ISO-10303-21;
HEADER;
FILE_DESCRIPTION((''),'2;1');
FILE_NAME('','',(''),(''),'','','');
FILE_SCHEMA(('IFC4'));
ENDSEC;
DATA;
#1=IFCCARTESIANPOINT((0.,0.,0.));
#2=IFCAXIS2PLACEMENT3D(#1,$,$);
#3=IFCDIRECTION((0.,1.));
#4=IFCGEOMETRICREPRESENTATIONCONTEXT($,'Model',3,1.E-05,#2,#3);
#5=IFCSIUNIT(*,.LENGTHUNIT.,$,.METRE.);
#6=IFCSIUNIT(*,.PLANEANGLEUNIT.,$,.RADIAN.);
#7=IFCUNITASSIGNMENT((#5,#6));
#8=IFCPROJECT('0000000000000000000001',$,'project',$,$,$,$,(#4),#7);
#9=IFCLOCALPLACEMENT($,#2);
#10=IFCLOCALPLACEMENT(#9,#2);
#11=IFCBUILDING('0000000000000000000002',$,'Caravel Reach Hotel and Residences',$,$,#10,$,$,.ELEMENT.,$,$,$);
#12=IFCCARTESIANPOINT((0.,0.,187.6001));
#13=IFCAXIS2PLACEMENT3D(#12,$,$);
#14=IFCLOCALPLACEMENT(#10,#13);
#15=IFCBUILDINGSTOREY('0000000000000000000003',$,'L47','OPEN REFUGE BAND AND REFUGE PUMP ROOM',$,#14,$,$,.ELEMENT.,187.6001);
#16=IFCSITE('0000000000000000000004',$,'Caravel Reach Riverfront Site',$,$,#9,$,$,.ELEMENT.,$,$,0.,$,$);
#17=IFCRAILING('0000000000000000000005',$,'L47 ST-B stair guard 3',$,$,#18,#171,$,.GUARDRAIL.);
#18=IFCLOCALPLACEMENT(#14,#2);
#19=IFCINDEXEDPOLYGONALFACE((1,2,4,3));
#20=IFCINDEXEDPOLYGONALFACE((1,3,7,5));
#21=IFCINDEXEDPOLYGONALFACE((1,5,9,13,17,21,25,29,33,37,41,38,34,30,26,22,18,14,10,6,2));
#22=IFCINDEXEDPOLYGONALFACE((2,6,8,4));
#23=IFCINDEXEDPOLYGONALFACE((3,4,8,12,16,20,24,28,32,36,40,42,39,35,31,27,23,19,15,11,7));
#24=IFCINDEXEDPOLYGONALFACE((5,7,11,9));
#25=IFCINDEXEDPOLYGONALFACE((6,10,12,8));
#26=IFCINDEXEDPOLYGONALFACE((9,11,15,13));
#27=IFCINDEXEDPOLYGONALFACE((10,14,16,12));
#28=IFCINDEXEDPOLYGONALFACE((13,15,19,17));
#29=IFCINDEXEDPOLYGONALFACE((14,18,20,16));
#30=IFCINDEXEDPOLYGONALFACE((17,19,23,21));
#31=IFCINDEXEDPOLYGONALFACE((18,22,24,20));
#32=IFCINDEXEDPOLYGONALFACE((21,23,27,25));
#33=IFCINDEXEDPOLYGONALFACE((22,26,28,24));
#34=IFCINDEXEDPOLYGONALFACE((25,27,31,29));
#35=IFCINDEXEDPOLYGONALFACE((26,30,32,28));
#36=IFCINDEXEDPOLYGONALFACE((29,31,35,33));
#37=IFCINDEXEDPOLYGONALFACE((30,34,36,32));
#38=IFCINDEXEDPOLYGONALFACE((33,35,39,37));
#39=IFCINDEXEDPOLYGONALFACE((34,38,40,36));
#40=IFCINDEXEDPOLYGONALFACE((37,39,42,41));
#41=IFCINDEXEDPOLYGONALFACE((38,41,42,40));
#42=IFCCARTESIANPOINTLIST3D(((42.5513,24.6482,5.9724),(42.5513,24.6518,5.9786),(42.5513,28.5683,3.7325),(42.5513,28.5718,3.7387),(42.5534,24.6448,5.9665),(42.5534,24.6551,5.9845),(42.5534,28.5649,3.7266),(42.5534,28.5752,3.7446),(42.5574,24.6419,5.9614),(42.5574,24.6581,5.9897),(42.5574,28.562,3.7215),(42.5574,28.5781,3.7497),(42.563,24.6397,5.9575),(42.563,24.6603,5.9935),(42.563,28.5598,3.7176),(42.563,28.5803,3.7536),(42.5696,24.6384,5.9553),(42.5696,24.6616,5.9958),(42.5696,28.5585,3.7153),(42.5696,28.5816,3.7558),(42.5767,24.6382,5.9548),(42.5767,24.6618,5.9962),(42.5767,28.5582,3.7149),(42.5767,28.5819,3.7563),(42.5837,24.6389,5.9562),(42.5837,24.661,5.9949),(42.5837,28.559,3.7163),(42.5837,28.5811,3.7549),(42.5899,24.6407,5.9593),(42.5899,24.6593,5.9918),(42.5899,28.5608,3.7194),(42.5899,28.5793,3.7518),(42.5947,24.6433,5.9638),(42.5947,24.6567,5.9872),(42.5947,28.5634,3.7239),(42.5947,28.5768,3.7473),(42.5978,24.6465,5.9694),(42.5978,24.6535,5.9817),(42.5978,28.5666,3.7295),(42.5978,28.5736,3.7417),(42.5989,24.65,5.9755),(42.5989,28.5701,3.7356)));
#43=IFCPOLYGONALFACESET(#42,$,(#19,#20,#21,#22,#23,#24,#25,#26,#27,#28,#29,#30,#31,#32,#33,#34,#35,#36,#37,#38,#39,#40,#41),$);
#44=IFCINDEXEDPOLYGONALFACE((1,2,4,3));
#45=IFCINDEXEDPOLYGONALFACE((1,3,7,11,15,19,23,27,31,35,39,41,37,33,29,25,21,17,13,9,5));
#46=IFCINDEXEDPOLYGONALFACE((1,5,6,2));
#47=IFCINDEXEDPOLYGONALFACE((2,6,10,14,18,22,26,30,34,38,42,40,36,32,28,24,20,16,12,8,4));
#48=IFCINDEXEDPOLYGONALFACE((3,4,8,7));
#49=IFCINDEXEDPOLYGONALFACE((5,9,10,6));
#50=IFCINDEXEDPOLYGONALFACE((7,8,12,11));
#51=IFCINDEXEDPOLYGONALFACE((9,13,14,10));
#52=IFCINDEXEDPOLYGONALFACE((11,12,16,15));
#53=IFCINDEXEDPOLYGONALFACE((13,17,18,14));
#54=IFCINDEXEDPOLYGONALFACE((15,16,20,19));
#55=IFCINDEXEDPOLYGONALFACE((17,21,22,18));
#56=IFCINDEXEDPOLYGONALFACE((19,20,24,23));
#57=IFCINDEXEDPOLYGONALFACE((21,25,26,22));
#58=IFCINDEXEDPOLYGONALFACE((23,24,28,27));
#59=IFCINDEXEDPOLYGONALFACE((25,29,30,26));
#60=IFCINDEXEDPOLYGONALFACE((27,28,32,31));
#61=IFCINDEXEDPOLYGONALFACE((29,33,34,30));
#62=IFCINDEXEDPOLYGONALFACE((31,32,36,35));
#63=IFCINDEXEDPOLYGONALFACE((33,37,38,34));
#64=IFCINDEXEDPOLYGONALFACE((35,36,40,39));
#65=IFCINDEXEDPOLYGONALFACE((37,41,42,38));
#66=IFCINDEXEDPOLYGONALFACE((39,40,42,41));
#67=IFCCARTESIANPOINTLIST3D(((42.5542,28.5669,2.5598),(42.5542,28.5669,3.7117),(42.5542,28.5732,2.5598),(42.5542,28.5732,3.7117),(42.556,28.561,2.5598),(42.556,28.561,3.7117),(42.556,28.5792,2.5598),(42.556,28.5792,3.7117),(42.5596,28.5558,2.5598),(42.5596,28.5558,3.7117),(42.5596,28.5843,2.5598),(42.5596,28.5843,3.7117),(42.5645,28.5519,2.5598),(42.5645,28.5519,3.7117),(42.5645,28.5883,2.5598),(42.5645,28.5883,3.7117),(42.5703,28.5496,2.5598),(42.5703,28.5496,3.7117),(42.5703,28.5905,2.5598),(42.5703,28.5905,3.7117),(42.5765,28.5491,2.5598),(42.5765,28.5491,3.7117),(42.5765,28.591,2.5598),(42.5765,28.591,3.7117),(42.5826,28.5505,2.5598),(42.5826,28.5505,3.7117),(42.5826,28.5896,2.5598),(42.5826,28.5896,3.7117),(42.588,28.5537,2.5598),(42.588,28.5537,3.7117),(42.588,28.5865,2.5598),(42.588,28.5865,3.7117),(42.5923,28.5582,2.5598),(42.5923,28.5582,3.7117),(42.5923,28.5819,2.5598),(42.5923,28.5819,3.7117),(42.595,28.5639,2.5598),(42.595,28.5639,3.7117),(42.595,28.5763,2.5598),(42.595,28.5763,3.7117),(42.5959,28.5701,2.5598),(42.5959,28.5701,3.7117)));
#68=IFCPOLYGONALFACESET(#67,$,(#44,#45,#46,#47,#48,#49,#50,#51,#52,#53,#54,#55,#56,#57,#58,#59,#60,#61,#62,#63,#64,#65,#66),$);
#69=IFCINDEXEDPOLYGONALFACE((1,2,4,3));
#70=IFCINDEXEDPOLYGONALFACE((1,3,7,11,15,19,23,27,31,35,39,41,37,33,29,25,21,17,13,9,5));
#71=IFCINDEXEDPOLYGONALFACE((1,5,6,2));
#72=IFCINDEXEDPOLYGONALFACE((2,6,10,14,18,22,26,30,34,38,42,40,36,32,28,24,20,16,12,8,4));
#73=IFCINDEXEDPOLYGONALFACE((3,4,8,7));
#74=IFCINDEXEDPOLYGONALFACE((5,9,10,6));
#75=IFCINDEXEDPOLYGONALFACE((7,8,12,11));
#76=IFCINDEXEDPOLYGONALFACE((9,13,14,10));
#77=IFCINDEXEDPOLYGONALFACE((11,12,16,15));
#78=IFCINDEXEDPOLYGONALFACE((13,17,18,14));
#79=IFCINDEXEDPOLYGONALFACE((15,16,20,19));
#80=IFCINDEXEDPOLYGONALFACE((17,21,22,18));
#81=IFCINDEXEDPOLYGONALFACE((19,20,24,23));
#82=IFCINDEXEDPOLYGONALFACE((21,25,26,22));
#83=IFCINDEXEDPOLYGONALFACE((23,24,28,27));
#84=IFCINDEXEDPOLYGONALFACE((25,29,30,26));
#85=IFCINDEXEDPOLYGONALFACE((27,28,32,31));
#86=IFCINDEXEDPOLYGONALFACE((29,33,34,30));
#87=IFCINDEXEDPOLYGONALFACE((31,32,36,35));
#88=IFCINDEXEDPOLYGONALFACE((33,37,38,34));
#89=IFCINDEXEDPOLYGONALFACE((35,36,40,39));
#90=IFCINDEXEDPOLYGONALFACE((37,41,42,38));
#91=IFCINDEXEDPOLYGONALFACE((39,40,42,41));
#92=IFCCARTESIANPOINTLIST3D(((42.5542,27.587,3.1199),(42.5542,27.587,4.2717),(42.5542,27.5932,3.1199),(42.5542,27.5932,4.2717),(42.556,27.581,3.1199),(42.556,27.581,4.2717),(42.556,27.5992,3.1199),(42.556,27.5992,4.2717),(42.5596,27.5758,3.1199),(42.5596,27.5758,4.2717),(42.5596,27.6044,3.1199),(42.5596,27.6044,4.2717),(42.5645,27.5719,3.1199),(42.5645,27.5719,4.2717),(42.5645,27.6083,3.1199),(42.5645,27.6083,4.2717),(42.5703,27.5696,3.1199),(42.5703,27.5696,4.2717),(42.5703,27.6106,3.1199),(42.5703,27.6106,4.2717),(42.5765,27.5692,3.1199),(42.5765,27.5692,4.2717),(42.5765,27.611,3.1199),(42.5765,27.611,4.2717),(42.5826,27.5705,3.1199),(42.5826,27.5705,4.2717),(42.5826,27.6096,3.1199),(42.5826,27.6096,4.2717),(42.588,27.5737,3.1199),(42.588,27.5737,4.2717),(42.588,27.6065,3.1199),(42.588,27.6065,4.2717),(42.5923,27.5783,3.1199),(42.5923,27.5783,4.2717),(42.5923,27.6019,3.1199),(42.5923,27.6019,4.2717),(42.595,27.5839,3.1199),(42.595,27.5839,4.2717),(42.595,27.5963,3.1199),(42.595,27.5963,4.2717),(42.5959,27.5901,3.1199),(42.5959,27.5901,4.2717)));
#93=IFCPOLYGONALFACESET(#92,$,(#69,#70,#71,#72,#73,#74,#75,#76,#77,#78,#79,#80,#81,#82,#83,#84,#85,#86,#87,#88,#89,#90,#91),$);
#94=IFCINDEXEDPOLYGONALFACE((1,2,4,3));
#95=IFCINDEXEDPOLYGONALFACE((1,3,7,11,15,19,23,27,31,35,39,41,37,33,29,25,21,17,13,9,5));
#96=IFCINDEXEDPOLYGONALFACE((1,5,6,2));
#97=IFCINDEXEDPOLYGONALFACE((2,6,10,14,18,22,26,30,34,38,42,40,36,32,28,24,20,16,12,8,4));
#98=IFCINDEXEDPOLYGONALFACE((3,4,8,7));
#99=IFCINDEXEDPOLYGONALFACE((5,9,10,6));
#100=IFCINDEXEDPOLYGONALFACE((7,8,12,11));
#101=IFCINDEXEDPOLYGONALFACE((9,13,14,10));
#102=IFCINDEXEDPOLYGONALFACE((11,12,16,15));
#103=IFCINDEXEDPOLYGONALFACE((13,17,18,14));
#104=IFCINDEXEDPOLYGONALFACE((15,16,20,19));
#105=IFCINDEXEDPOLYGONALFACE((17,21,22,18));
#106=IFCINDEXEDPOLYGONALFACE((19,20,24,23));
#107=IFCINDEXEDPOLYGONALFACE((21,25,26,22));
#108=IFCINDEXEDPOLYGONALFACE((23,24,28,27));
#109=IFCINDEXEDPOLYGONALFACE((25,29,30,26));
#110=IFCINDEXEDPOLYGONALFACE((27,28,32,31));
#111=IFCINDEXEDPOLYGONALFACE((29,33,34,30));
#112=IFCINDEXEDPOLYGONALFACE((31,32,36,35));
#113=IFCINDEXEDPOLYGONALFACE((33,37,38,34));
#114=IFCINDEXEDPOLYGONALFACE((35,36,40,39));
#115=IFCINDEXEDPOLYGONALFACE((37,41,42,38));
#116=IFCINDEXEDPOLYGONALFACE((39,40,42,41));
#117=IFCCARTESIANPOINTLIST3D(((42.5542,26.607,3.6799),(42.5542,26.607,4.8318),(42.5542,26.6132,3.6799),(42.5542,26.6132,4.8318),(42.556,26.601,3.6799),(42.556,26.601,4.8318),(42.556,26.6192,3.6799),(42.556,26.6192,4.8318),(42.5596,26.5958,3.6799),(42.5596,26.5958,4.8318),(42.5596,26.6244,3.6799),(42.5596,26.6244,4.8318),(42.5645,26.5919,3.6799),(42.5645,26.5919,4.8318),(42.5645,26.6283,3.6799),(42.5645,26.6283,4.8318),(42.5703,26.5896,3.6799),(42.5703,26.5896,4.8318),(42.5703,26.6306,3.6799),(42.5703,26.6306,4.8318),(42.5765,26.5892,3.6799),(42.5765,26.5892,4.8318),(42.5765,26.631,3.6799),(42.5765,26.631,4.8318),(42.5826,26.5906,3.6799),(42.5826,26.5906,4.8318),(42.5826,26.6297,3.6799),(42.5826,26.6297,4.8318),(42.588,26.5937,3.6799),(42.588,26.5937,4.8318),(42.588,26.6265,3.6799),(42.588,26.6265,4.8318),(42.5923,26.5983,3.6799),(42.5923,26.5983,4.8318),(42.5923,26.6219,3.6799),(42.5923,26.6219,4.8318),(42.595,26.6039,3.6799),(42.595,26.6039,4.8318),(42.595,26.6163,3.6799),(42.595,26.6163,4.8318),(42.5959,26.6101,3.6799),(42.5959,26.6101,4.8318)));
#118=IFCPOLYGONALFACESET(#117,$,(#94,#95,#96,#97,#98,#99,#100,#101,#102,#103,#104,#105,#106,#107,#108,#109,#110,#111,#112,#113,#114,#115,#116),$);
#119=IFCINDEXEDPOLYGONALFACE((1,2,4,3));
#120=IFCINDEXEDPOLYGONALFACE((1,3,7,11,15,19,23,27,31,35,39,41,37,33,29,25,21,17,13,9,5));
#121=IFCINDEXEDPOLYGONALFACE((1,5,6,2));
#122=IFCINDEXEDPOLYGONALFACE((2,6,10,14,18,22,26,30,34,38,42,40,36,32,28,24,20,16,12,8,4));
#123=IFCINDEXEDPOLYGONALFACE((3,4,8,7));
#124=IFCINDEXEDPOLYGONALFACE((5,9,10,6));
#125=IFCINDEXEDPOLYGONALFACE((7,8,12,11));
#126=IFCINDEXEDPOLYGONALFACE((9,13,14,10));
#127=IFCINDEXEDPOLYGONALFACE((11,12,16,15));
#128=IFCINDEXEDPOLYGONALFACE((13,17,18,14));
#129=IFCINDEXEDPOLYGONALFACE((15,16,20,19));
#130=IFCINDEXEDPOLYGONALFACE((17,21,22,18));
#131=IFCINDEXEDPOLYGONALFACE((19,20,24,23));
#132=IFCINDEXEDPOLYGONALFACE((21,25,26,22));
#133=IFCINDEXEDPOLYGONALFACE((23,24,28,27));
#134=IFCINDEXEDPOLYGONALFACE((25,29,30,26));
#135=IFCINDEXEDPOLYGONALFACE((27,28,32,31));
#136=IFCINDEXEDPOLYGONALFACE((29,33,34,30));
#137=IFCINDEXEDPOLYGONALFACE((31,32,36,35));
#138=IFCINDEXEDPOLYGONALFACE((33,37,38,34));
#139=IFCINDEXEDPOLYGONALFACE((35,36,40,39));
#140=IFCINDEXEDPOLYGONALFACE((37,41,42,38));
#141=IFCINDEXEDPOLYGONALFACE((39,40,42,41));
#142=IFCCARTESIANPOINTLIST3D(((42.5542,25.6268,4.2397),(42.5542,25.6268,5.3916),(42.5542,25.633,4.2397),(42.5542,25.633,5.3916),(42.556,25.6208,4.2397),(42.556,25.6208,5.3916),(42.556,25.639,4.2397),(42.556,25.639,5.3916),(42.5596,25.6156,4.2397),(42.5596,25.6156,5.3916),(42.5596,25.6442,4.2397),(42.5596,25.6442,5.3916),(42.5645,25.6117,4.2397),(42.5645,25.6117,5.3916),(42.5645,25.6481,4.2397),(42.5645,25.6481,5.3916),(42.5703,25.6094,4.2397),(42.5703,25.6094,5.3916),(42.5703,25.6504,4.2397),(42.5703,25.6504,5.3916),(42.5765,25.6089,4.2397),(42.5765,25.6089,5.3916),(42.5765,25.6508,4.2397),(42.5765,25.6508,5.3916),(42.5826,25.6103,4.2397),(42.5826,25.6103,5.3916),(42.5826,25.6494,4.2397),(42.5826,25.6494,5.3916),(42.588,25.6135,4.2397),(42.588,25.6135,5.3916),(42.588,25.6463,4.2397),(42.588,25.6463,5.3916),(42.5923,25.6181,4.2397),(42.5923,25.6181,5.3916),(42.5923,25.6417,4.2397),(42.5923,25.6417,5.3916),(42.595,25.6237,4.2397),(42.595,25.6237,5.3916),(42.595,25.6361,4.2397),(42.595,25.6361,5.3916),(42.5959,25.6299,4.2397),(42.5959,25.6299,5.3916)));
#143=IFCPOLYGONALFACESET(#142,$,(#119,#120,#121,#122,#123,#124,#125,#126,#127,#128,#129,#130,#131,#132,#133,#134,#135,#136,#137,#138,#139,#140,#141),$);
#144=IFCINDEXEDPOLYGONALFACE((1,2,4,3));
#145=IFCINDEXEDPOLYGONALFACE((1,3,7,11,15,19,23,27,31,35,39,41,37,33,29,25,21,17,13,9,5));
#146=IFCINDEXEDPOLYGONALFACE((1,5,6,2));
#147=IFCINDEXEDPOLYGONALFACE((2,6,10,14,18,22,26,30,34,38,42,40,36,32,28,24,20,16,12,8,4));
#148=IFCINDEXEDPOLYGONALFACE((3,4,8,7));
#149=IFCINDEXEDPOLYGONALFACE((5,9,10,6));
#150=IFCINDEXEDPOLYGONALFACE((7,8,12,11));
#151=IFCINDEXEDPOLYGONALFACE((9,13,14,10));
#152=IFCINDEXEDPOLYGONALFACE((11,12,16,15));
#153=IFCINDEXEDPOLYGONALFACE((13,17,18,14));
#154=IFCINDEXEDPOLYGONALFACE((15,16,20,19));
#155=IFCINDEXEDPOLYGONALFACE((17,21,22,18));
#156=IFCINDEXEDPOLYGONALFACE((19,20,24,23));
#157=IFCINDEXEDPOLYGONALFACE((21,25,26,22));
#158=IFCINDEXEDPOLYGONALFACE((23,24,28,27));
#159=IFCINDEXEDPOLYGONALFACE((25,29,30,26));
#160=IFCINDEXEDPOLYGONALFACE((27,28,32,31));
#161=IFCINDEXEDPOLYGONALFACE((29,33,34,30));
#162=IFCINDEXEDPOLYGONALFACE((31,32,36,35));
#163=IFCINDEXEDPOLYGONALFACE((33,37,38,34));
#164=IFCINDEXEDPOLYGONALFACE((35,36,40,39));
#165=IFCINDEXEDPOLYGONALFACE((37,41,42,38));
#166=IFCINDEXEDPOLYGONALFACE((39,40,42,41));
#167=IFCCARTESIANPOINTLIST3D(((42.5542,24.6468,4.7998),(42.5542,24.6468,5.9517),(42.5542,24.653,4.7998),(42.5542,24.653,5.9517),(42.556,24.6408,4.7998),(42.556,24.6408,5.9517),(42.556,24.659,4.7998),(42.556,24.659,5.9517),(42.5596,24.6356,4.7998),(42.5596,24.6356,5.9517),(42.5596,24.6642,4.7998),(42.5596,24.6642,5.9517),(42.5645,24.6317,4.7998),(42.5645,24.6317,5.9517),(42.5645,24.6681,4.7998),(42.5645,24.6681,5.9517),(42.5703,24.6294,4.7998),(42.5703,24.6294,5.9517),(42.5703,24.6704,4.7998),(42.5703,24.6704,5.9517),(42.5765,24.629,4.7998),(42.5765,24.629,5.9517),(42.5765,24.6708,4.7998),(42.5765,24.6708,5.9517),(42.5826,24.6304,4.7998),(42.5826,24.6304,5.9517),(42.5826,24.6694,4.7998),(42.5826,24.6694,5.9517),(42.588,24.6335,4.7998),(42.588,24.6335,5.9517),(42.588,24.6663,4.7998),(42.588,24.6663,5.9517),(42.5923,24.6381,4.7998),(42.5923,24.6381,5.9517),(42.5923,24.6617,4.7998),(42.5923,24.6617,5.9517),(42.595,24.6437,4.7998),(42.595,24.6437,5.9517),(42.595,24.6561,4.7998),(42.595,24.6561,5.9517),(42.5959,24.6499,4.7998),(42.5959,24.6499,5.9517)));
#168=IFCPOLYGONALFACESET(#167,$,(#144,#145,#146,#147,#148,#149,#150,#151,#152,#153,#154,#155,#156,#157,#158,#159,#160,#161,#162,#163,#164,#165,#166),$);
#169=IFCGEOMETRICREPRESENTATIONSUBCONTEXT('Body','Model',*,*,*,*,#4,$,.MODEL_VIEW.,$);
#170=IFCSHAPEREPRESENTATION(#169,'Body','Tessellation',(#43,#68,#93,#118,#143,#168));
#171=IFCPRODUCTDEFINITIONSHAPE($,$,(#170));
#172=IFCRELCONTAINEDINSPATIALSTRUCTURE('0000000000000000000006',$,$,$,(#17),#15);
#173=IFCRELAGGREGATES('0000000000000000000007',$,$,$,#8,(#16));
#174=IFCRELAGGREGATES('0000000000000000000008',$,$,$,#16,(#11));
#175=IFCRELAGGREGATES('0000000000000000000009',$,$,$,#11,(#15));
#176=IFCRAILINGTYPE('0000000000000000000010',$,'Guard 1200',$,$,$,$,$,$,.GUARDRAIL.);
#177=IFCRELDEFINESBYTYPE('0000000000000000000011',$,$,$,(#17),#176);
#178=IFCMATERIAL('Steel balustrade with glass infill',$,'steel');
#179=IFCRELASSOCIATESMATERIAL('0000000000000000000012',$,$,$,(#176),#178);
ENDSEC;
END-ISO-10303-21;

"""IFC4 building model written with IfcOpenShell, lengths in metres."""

from ifc_helpers import new_model, si_unit, direction, frame, origin, origin_2d, place, context, subcontext, project, spatial, circle, extrude, material, type_object, element, save


model = new_model("IFC4")

# Units and contexts
model_context = context("Model", 3, precision=1e-05, world=origin(), true_north=direction((0.0, 1.0)))
body_context = subcontext(model_context, "Body", "Model", "MODEL_VIEW")
ifc_project = project(units=[si_unit("LENGTHUNIT", "METRE"), si_unit("PLANEANGLEUNIT", "RADIAN")], contexts=[model_context])

# Site, building, storey
site_placement = place(None, origin())
site = spatial("IfcSite", under=ifc_project, at=site_placement, Name="Caravel Reach Riverfront Site", CompositionType="ELEMENT", RefElevation=0.0)
building_placement = place(site_placement, origin())
building = spatial("IfcBuilding", under=site, at=building_placement, Name="Caravel Reach Hotel and Residences", CompositionType="ELEMENT")
storey_placement = place(building_placement, frame((0.0, 0.0, 187.6001)))
storey = spatial("IfcBuildingStorey", under=building, at=storey_placement, Name="L47", Description="OPEN REFUGE BAND AND REFUGE PUMP ROOM", CompositionType="ELEMENT", Elevation=187.6001)

# Railing
ifc_material_1 = material(Name="Steel balustrade with glass infill", Category="steel")
railing_type_1 = type_object("IfcRailingType", Name="Guard 1200", PredefinedType="GUARDRAIL", material=ifc_material_1)
railing_1_placement = place(storey_placement, frame((42.575, 28.5701, 2.5598)))
element("IfcRailing", 1, at=railing_1_placement, inside=storey, type_object=railing_type_1, Name="L47 ST-B stair guard 3", PredefinedType="GUARDRAIL", context=body_context, shape_type="SweptSolid", body=[
    extrude(circle(Radius=0.0239, at=origin_2d()), frame((0.0, 0.0, 1.1758), z_axis=(0.0, -0.868253, 0.496121), x_axis=(1.0, 0.0, 0.0)), (0.0, 0.0, 1.0), 4.5149),
    extrude(circle(Radius=0.021, at=origin_2d()), origin(), (0.0, 0.0, 1.0), 1.1519),
    extrude(circle(Radius=0.021, at=origin_2d()), frame((0.0, -0.98, 0.5601)), (0.0, 0.0, 1.0), 1.1519),
    extrude(circle(Radius=0.021, at=origin_2d()), frame((0.0, -1.96, 1.1201)), (0.0, 0.0, 1.0), 1.1519),
    extrude(circle(Radius=0.021, at=origin_2d()), frame((0.0, -2.9402, 1.6799)), (0.0, 0.0, 1.0), 1.1519),
    extrude(circle(Radius=0.021, at=origin_2d()), frame((0.0, -3.9202, 2.24)), (0.0, 0.0, 1.0), 1.1519),
])

save(model, "model.ifc")
